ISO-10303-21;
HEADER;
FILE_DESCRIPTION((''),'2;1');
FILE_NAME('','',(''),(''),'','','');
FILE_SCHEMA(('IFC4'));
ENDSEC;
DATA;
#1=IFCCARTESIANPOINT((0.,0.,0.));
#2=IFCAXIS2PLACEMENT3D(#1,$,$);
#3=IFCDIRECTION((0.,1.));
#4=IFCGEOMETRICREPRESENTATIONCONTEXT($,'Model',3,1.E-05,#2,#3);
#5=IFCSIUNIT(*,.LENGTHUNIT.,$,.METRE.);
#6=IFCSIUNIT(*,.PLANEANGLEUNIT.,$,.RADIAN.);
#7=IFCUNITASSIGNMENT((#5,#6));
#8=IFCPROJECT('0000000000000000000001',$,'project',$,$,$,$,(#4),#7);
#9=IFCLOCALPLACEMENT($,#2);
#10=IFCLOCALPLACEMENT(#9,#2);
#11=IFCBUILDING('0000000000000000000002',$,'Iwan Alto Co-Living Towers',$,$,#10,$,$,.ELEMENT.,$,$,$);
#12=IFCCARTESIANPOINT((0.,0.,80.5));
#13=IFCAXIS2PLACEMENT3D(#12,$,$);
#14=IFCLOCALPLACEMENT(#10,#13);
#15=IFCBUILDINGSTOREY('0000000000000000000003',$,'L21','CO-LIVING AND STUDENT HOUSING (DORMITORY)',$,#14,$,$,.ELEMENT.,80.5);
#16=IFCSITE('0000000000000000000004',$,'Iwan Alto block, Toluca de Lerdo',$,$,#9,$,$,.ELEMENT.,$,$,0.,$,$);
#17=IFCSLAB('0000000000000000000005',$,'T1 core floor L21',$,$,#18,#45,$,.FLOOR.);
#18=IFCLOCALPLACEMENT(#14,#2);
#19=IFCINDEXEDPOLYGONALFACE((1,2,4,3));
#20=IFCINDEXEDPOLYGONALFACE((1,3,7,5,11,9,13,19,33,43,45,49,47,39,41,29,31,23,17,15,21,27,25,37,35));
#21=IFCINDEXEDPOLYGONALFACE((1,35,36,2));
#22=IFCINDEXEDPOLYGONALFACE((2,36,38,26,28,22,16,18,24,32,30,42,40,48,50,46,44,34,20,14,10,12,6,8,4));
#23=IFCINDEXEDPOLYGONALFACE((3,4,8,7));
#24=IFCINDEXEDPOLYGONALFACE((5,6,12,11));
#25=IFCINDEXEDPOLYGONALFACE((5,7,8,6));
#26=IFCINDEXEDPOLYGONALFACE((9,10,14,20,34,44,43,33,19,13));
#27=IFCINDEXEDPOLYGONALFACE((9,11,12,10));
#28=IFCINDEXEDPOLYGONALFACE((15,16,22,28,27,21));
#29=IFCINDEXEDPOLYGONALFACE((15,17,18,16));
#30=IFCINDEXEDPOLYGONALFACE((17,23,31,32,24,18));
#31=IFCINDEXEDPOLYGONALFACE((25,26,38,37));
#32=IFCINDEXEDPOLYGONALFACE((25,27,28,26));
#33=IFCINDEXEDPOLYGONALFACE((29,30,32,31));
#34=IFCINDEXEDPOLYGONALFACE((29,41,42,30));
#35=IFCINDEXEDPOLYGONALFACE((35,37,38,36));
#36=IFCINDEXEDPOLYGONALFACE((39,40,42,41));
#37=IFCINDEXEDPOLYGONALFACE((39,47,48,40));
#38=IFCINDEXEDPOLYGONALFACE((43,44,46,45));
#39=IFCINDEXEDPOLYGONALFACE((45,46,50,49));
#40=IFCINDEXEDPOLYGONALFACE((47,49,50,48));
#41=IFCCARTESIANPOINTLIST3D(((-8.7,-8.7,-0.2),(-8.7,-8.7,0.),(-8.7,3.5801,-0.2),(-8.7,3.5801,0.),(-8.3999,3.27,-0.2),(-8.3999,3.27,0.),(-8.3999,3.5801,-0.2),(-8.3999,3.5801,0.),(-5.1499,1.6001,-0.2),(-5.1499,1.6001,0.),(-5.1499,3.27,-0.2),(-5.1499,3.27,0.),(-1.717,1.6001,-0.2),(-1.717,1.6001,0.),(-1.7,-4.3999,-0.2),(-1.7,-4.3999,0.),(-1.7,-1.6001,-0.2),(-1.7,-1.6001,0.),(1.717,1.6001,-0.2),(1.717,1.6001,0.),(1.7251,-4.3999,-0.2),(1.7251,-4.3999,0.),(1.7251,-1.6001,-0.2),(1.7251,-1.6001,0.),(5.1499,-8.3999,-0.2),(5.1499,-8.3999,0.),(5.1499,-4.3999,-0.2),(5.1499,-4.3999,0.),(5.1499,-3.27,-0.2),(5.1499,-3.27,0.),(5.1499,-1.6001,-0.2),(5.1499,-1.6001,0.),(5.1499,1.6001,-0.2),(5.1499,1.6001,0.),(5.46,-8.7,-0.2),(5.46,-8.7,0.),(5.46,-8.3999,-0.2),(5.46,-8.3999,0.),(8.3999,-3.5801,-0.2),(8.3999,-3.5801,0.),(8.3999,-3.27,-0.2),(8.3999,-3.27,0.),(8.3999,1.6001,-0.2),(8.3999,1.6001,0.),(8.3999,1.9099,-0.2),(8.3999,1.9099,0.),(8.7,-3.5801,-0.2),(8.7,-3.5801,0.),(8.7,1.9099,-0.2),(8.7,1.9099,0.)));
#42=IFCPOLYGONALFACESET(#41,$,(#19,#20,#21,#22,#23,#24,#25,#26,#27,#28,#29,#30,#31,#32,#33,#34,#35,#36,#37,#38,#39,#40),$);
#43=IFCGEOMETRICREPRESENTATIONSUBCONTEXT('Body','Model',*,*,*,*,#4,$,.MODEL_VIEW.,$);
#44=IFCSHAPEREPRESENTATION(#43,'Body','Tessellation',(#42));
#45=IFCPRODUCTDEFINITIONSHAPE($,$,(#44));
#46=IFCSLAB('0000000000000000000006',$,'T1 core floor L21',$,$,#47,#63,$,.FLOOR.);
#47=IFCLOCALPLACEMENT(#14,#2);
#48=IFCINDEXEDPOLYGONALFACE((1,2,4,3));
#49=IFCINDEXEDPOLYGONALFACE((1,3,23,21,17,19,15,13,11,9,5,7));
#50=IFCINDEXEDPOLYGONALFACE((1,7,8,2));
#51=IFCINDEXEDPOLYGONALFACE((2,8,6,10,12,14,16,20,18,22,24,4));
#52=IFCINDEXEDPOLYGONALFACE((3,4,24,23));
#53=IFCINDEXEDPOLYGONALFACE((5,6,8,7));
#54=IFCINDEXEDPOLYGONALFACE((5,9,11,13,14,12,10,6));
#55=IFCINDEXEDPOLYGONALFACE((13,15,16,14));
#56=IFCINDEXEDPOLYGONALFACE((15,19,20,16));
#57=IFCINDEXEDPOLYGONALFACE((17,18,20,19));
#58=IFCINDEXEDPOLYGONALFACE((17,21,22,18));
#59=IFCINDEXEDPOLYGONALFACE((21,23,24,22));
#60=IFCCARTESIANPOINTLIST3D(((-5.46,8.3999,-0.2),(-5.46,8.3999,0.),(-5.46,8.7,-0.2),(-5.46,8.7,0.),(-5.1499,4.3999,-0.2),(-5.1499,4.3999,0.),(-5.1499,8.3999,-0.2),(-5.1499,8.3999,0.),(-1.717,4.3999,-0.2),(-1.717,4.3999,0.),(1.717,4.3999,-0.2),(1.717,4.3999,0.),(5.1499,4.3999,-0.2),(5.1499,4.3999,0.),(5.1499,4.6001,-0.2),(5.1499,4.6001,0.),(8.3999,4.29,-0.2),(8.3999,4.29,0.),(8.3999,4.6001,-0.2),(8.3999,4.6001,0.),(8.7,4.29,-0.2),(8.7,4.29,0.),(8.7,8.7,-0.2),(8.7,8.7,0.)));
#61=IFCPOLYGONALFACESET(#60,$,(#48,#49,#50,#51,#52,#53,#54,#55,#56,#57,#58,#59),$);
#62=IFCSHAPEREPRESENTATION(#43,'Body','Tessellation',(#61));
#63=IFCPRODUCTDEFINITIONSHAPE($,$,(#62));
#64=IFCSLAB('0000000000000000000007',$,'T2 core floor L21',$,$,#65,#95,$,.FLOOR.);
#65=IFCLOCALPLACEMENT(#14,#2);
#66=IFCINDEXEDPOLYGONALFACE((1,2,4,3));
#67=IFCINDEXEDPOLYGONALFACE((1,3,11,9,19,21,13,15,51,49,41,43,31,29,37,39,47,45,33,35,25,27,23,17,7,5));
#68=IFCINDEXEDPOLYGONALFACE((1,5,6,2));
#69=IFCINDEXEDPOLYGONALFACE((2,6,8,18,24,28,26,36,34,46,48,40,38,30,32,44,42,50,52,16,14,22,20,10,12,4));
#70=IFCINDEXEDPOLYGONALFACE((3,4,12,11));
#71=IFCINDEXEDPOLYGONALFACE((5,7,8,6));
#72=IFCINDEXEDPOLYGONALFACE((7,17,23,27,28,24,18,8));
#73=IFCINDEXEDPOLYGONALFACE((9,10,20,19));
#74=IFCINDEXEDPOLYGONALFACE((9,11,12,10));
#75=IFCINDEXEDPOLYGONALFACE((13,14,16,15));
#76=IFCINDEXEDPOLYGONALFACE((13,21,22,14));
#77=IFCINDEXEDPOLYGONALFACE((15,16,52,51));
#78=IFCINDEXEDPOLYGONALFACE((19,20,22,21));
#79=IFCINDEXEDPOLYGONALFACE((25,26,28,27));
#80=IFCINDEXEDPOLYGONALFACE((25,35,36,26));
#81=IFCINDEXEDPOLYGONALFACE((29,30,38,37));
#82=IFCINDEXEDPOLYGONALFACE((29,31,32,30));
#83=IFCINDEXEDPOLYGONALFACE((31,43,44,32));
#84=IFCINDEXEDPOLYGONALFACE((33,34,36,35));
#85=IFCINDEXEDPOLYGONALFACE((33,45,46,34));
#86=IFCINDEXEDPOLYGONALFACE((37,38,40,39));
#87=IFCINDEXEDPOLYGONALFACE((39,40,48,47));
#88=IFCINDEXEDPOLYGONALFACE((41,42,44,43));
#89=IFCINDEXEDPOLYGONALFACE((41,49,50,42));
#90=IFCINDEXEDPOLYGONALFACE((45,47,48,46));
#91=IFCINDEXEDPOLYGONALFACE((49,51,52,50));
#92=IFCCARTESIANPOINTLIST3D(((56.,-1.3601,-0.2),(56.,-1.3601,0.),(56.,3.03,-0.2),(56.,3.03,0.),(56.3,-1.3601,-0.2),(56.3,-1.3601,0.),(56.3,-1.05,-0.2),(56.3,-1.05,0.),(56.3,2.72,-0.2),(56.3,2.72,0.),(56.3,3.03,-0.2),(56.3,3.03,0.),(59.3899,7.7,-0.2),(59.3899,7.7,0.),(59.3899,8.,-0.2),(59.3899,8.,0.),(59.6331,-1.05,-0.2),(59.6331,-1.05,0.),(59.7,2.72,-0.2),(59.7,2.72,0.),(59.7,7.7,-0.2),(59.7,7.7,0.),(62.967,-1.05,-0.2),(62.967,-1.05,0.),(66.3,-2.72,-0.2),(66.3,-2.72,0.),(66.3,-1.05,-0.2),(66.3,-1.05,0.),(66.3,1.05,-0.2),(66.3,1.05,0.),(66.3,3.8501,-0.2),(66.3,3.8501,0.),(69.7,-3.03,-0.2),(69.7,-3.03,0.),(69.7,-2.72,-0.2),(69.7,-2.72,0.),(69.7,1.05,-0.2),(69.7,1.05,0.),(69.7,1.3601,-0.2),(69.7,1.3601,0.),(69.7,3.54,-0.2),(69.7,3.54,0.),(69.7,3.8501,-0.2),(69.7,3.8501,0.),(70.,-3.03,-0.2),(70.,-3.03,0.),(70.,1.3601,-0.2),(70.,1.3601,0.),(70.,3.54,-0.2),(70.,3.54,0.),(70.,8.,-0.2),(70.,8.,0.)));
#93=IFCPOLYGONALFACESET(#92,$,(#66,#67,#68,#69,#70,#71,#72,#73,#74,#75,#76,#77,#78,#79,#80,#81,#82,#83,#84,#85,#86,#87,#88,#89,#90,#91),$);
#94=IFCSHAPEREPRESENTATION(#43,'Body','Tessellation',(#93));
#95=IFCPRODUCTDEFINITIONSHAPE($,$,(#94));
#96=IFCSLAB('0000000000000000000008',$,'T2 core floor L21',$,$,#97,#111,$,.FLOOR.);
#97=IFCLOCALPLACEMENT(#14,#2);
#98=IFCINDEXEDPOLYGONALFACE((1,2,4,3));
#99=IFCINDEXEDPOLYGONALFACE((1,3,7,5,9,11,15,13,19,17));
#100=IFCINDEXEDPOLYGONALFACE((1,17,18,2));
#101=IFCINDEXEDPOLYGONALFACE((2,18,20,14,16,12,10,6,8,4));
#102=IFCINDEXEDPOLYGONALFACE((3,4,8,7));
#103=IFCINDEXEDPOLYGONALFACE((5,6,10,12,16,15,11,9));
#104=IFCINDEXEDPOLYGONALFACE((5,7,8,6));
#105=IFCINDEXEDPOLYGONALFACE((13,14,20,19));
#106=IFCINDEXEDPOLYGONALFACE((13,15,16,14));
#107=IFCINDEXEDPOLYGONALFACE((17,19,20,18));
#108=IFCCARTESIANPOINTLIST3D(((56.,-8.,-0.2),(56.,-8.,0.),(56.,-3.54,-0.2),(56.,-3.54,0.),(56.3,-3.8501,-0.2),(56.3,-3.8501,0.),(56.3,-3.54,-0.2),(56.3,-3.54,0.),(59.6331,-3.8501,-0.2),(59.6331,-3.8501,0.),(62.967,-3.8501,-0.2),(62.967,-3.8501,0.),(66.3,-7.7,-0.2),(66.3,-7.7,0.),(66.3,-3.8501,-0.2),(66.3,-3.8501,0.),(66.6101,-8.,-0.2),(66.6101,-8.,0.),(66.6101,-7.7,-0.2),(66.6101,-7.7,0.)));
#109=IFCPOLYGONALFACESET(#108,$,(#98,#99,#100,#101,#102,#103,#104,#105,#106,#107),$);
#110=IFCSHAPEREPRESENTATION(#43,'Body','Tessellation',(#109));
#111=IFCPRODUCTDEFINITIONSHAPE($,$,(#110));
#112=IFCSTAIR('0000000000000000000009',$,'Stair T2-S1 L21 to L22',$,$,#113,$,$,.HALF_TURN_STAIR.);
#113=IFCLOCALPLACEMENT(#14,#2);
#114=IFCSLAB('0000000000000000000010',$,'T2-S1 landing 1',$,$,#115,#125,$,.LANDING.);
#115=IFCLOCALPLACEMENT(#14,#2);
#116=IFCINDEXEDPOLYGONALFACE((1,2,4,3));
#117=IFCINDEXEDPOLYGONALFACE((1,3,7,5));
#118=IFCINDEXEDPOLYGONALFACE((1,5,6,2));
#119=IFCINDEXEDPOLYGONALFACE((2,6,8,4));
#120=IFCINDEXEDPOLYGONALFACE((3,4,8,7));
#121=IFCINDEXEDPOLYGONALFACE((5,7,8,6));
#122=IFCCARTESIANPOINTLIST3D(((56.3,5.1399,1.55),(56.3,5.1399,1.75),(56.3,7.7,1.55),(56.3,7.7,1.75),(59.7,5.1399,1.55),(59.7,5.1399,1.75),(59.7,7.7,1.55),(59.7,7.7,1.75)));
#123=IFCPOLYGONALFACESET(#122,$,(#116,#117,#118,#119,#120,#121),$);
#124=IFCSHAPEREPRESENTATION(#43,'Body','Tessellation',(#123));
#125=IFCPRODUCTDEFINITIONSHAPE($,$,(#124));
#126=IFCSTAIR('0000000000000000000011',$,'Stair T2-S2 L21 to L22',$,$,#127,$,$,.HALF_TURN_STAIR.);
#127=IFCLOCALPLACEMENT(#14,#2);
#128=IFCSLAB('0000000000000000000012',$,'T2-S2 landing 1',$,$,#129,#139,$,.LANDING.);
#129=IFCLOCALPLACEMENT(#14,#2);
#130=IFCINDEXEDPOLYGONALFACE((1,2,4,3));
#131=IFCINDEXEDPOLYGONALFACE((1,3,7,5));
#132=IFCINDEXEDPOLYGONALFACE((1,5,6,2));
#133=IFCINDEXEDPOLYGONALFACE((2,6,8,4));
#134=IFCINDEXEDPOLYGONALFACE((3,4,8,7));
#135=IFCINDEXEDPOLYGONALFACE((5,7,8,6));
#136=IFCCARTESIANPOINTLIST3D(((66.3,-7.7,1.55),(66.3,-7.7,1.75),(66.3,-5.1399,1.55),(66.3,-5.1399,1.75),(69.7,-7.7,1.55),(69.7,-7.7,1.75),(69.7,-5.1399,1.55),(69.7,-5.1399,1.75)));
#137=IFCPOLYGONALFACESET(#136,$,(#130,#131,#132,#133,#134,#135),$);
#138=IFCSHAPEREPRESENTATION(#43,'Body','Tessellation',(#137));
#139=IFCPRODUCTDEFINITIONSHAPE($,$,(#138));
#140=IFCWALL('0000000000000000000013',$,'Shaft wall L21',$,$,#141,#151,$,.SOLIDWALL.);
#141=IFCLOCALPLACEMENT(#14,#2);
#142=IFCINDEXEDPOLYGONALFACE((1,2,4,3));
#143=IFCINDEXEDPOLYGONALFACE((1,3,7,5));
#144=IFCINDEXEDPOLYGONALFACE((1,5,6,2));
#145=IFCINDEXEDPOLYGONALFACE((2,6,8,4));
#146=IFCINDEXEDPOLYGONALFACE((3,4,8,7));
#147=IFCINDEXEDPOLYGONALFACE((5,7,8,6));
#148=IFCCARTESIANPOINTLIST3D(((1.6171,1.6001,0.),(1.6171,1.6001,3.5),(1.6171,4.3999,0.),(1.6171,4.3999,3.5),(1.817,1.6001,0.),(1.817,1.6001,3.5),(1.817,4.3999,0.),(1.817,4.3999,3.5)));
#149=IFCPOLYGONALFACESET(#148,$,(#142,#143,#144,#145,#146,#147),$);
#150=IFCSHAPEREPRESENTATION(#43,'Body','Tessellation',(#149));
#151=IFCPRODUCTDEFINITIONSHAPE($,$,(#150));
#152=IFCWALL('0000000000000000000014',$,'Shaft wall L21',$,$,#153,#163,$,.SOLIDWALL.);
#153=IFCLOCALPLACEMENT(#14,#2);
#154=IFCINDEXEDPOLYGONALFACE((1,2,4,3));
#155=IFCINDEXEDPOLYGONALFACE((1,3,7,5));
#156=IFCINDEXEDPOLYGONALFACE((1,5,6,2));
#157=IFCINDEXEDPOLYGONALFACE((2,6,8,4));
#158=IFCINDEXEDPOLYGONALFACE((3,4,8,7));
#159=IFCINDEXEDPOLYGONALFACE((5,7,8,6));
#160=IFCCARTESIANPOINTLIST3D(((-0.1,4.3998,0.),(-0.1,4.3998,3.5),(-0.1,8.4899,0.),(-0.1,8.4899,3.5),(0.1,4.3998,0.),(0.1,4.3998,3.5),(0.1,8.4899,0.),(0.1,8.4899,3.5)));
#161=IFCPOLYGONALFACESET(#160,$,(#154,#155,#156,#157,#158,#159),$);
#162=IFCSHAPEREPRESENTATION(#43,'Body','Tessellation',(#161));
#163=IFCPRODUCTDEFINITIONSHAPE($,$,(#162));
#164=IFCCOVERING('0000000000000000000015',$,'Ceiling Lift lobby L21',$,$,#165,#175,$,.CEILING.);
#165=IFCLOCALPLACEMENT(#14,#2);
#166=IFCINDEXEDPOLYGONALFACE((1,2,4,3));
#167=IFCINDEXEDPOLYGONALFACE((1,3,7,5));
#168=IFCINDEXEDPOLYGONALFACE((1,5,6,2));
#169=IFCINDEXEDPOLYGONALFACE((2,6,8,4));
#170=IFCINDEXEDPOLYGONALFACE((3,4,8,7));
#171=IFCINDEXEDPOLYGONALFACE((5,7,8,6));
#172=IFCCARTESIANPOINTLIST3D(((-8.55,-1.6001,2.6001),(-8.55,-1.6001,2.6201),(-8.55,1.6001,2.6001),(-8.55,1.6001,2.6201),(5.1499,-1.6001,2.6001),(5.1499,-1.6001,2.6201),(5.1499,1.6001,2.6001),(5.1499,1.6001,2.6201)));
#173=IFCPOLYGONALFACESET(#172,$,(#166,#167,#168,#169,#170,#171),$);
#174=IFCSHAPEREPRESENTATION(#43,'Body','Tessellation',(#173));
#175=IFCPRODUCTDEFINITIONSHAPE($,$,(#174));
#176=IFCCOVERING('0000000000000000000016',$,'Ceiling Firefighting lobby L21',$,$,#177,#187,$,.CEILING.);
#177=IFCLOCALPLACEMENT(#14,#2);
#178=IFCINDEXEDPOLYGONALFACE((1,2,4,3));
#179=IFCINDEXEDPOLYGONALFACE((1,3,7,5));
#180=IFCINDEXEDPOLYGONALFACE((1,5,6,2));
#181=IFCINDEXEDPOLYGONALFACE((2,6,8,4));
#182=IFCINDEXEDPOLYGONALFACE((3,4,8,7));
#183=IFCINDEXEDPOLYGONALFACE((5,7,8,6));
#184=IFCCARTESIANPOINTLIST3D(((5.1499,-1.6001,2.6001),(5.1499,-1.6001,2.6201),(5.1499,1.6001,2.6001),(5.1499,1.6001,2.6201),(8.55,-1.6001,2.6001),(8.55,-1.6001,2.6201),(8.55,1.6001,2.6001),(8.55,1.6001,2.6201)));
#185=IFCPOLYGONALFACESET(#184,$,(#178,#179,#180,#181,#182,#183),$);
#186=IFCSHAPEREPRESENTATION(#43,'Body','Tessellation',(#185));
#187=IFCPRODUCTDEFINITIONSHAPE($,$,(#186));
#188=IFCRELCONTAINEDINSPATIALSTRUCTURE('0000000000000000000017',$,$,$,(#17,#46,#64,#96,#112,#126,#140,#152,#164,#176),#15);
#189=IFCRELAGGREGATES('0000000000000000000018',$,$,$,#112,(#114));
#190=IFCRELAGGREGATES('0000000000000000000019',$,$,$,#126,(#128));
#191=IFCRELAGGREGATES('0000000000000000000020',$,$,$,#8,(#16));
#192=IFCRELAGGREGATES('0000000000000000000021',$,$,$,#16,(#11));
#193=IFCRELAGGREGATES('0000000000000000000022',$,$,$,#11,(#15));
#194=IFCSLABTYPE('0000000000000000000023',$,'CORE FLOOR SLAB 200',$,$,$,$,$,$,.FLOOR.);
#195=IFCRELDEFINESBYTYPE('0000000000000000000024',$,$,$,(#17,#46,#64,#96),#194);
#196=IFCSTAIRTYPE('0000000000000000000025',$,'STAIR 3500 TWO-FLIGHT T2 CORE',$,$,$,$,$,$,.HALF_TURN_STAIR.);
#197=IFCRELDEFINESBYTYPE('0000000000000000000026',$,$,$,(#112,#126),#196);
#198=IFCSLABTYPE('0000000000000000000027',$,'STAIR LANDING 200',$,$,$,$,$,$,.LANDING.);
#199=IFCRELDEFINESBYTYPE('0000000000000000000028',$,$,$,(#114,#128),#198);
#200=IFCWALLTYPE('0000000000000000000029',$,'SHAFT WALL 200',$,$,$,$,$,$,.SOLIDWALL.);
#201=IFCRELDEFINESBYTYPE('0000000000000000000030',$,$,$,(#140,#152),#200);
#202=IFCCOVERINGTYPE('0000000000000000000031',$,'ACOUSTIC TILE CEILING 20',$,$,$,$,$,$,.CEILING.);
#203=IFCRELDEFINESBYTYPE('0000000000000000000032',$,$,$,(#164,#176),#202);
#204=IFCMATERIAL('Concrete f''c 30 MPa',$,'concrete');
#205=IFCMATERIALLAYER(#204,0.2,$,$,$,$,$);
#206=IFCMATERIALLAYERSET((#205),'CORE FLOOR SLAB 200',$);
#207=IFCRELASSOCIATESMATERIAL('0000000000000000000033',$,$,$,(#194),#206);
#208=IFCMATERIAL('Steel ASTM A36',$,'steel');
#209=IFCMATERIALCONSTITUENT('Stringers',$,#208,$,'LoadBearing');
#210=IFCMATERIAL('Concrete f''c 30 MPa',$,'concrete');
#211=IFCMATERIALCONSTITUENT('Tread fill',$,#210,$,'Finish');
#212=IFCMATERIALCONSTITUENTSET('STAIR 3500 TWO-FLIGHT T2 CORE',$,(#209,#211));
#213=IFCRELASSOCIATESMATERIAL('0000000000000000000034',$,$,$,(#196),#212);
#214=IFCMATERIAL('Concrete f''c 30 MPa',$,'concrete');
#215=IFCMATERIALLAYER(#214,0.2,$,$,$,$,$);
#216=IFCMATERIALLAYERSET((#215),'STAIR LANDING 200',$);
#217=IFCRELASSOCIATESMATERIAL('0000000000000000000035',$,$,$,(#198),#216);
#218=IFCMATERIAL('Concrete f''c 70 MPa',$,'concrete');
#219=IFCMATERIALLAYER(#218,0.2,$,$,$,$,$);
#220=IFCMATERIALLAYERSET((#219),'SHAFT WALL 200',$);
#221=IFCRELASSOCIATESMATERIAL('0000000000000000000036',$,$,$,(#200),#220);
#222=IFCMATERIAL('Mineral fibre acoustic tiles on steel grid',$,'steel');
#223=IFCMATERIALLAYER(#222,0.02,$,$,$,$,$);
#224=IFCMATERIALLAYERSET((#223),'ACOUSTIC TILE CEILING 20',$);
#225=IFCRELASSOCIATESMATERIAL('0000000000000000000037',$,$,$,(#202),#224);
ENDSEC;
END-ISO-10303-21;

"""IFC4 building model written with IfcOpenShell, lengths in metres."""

from ifc_helpers import new_model, si_unit, direction, frame, frame_2d, origin, place, context, subcontext, project, spatial, polyline, rectangle, outline, extrude, material, layer, layer_set, constituent, constituent_set, type_object, element, aggregate, save


model = new_model("IFC4")

# Units and contexts
model_context = context("Model", 3, precision=1e-05, world=origin(), true_north=direction((0.0, 1.0)))
body_context = subcontext(model_context, "Body", "Model", "MODEL_VIEW")
ifc_project = project(units=[si_unit("LENGTHUNIT", "METRE"), si_unit("PLANEANGLEUNIT", "RADIAN")], contexts=[model_context])

# Site, building, storey
site_placement = place(None, origin())
site = spatial("IfcSite", under=ifc_project, at=site_placement, Name="Iwan Alto block, Toluca de Lerdo", CompositionType="ELEMENT", RefElevation=0.0)
building_placement = place(site_placement, origin())
building = spatial("IfcBuilding", under=site, at=building_placement, Name="Iwan Alto Co-Living Towers", CompositionType="ELEMENT")
storey_placement = place(building_placement, frame((0.0, 0.0, 80.5)))
storey = spatial("IfcBuildingStorey", under=building, at=storey_placement, Name="L21", Description="CO-LIVING AND STUDENT HOUSING (DORMITORY)", CompositionType="ELEMENT", Elevation=80.5)

# Slabs
ifc_material_1 = material(Name="Concrete f'c 30 MPa", Category="concrete")
ifc_layer_1 = layer(ifc_material_1, 0.2)
ifc_layer_set_1 = layer_set([ifc_layer_1], Name="CORE FLOOR SLAB 200")
slab_type_1 = type_object("IfcSlabType", Name="CORE FLOOR SLAB 200", PredefinedType="FLOOR", material=ifc_layer_set_1)
slab_1_placement = place(storey_placement, frame((0.0, 0.0, -0.2)))
element("IfcSlab", 1, at=slab_1_placement, inside=storey, type_object=slab_type_1, Name="T1 core floor L21", PredefinedType="FLOOR", context=body_context, shape_type="SweptSolid", body=[
    extrude(outline(polyline([(5.1499, -1.6001), (1.7251, -1.6001), (-1.7, -1.6001), (-1.7, -4.3999), (1.7251, -4.3999), (5.1499, -4.3999), (5.1499, -8.3999), (5.46, -8.3999), (5.46, -8.7), (-8.7, -8.7), (-8.7, 3.5801), (-8.3999, 3.5801), (-8.3999, 3.27), (-5.1499, 3.27), (-5.1499, 1.6001), (-1.717, 1.6001), (1.717, 1.6001), (5.1499, 1.6001), (8.3999, 1.6001), (8.3999, 1.9099), (8.7, 1.9099), (8.7, -3.5801), (8.3999, -3.5801), (8.3999, -3.27), (5.1499, -3.27), (5.1499, -1.6001)])), origin(), (0.0, 0.0, 1.0), 0.2),
])
slab_2_placement = place(storey_placement, frame((0.0, 0.0, -0.2)))
element("IfcSlab", 2, at=slab_2_placement, inside=storey, type_object=slab_type_1, Name="T1 core floor L21", PredefinedType="FLOOR", context=body_context, shape_type="SweptSolid", body=[
    extrude(outline(polyline([(1.717, 4.3999), (-1.717, 4.3999), (-5.1499, 4.3999), (-5.1499, 8.3999), (-5.46, 8.3999), (-5.46, 8.7), (8.7, 8.7), (8.7, 4.29), (8.3999, 4.29), (8.3999, 4.6001), (5.1499, 4.6001), (5.1499, 4.3999), (1.717, 4.3999)])), origin(), (0.0, 0.0, 1.0), 0.2),
])
slab_3_placement = place(storey_placement, frame((0.0, 0.0, -0.2)))
element("IfcSlab", 3, at=slab_3_placement, inside=storey, type_object=slab_type_1, Name="T2 core floor L21", PredefinedType="FLOOR", context=body_context, shape_type="SweptSolid", body=[
    extrude(outline(polyline([(70.0, -3.03), (69.7, -3.03), (69.7, -2.72), (66.3, -2.72), (66.3, -1.05), (62.967, -1.05), (59.6331, -1.05), (56.3, -1.05), (56.3, -1.3601), (56.0, -1.3601), (56.0, 3.03), (56.3, 3.03), (56.3, 2.72), (59.7, 2.72), (59.7, 7.7), (59.3899, 7.7), (59.3899, 8.0), (70.0, 8.0), (70.0, 3.54), (69.7, 3.54), (69.7, 3.8501), (66.3, 3.8501), (66.3, 1.05), (69.7, 1.05), (69.7, 1.3601), (70.0, 1.3601), (70.0, -3.03)])), origin(), (0.0, 0.0, 1.0), 0.2),
])
slab_4_placement = place(storey_placement, frame((0.0, 0.0, -0.2)))
element("IfcSlab", 4, at=slab_4_placement, inside=storey, type_object=slab_type_1, Name="T2 core floor L21", PredefinedType="FLOOR", context=body_context, shape_type="SweptSolid", body=[
    extrude(outline(polyline([(62.967, -3.8501), (66.3, -3.8501), (66.3, -7.7), (66.6101, -7.7), (66.6101, -8.0), (56.0, -8.0), (56.0, -3.54), (56.3, -3.54), (56.3, -3.8501), (59.6331, -3.8501), (62.967, -3.8501)])), origin(), (0.0, 0.0, 1.0), 0.2),
])

# Stairs, slabs
ifc_material_2 = material(Name="Steel ASTM A36", Category="steel")
ifc_constituent_1 = constituent(ifc_material_2, Name="Stringers", Category="LoadBearing")
ifc_material_3 = material(Name="Concrete f'c 30 MPa", Category="concrete")
ifc_constituent_2 = constituent(ifc_material_3, Name="Tread fill", Category="Finish")
ifc_constituent_set = constituent_set(constituents=[ifc_constituent_1, ifc_constituent_2], Name="STAIR 3500 TWO-FLIGHT T2 CORE")
stair_type = type_object("IfcStairType", Name="STAIR 3500 TWO-FLIGHT T2 CORE", PredefinedType="HALF_TURN_STAIR", material=ifc_constituent_set)
stair_1_placement = place(storey_placement, origin())
stair_1 = element("IfcStair", 5, at=stair_1_placement, inside=storey, type_object=stair_type, Name="Stair T2-S1 L21 to L22", PredefinedType="HALF_TURN_STAIR")
ifc_material_4 = material(Name="Concrete f'c 30 MPa", Category="concrete")
ifc_layer_2 = layer(ifc_material_4, 0.2)
ifc_layer_set_2 = layer_set([ifc_layer_2], Name="STAIR LANDING 200")
slab_type_2 = type_object("IfcSlabType", Name="STAIR LANDING 200", PredefinedType="LANDING", material=ifc_layer_set_2)
slab_5_placement = place(storey_placement, frame((0.0, 0.0, 1.55)))
slab_5 = element("IfcSlab", 6, at=slab_5_placement, type_object=slab_type_2, Name="T2-S1 landing 1", PredefinedType="LANDING", context=body_context, shape_type="SweptSolid", body=[
    extrude(outline(polyline([(56.3, 5.1399), (56.3, 7.7), (59.7, 7.7), (59.7, 5.1399), (56.3, 5.1399)])), origin(), (0.0, 0.0, 1.0), 0.2),
])
aggregate(stair_1, [slab_5])
stair_2_placement = place(storey_placement, origin())
stair_2 = element("IfcStair", 7, at=stair_2_placement, inside=storey, type_object=stair_type, Name="Stair T2-S2 L21 to L22", PredefinedType="HALF_TURN_STAIR")
slab_6_placement = place(storey_placement, frame((0.0, 0.0, 1.55)))
slab_6 = element("IfcSlab", 8, at=slab_6_placement, type_object=slab_type_2, Name="T2-S2 landing 1", PredefinedType="LANDING", context=body_context, shape_type="SweptSolid", body=[
    extrude(outline(polyline([(66.3, -5.1399), (66.3, -7.7), (69.7, -7.7), (69.7, -5.1399), (66.3, -5.1399)])), origin(), (0.0, 0.0, 1.0), 0.2),
])
aggregate(stair_2, [slab_6])

# Walls
ifc_material_5 = material(Name="Concrete f'c 70 MPa", Category="concrete")
ifc_layer_3 = layer(ifc_material_5, 0.2)
ifc_layer_set_3 = layer_set([ifc_layer_3], Name="SHAFT WALL 200")
wall_type = type_object("IfcWallType", Name="SHAFT WALL 200", PredefinedType="SOLIDWALL", material=ifc_layer_set_3)
wall_1_placement = place(storey_placement, frame((1.717, 1.6001, 0.0), z_axis=(0.0, 0.0, 1.0), x_axis=(0.0, 1.0, 0.0)))
element("IfcWall", 9, at=wall_1_placement, inside=storey, type_object=wall_type, Name="Shaft wall L21", PredefinedType="SOLIDWALL", context=body_context, shape_type="SweptSolid", body=[
    extrude(rectangle(XDim=2.7998, YDim=0.2, at=frame_2d((1.3999, 0.0))), origin(), (0.0, 0.0, 1.0), 3.5),
])
wall_2_placement = place(storey_placement, frame((0.0, 4.3999, 0.0), z_axis=(0.0, 0.0, 1.0), x_axis=(0.0, 1.0, 0.0)))
element("IfcWall", 10, at=wall_2_placement, inside=storey, type_object=wall_type, Name="Shaft wall L21", PredefinedType="SOLIDWALL", context=body_context, shape_type="SweptSolid", body=[
    extrude(rectangle(XDim=4.0901, YDim=0.2, at=frame_2d((2.0449, 0.0))), origin(), (0.0, 0.0, 1.0), 3.5),
])

# Coverings
ifc_material_6 = material(Name="Mineral fibre acoustic tiles on steel grid", Category="steel")
ifc_layer_4 = layer(ifc_material_6, 0.02)
ifc_layer_set_4 = layer_set([ifc_layer_4], Name="ACOUSTIC TILE CEILING 20")
covering_type_1 = type_object("IfcCoveringType", Name="ACOUSTIC TILE CEILING 20", PredefinedType="CEILING", material=ifc_layer_set_4)
covering_1_placement = place(storey_placement, frame((0.0, 0.0, 2.6001)))
element("IfcCovering", 11, at=covering_1_placement, inside=storey, type_object=covering_type_1, Name="Ceiling Lift lobby L21", PredefinedType="CEILING", context=body_context, shape_type="SweptSolid", body=[
    extrude(outline(polyline([(-8.55, -1.6001), (-8.55, 1.6001), (5.1499, 1.6001), (5.1499, -1.6001), (-8.55, -1.6001)])), origin(), (0.0, 0.0, 1.0), 0.02),
])
covering_2_placement = place(storey_placement, frame((0.0, 0.0, 2.6001)))
element("IfcCovering", 12, at=covering_2_placement, inside=storey, type_object=covering_type_1, Name="Ceiling Firefighting lobby L21", PredefinedType="CEILING", context=body_context, shape_type="SweptSolid", body=[
    extrude(outline(polyline([(5.1499, -1.6001), (5.1499, 1.6001), (8.55, 1.6001), (8.55, -1.6001), (5.1499, -1.6001)])), origin(), (0.0, 0.0, 1.0), 0.02),
])

save(model, "model.ifc")
